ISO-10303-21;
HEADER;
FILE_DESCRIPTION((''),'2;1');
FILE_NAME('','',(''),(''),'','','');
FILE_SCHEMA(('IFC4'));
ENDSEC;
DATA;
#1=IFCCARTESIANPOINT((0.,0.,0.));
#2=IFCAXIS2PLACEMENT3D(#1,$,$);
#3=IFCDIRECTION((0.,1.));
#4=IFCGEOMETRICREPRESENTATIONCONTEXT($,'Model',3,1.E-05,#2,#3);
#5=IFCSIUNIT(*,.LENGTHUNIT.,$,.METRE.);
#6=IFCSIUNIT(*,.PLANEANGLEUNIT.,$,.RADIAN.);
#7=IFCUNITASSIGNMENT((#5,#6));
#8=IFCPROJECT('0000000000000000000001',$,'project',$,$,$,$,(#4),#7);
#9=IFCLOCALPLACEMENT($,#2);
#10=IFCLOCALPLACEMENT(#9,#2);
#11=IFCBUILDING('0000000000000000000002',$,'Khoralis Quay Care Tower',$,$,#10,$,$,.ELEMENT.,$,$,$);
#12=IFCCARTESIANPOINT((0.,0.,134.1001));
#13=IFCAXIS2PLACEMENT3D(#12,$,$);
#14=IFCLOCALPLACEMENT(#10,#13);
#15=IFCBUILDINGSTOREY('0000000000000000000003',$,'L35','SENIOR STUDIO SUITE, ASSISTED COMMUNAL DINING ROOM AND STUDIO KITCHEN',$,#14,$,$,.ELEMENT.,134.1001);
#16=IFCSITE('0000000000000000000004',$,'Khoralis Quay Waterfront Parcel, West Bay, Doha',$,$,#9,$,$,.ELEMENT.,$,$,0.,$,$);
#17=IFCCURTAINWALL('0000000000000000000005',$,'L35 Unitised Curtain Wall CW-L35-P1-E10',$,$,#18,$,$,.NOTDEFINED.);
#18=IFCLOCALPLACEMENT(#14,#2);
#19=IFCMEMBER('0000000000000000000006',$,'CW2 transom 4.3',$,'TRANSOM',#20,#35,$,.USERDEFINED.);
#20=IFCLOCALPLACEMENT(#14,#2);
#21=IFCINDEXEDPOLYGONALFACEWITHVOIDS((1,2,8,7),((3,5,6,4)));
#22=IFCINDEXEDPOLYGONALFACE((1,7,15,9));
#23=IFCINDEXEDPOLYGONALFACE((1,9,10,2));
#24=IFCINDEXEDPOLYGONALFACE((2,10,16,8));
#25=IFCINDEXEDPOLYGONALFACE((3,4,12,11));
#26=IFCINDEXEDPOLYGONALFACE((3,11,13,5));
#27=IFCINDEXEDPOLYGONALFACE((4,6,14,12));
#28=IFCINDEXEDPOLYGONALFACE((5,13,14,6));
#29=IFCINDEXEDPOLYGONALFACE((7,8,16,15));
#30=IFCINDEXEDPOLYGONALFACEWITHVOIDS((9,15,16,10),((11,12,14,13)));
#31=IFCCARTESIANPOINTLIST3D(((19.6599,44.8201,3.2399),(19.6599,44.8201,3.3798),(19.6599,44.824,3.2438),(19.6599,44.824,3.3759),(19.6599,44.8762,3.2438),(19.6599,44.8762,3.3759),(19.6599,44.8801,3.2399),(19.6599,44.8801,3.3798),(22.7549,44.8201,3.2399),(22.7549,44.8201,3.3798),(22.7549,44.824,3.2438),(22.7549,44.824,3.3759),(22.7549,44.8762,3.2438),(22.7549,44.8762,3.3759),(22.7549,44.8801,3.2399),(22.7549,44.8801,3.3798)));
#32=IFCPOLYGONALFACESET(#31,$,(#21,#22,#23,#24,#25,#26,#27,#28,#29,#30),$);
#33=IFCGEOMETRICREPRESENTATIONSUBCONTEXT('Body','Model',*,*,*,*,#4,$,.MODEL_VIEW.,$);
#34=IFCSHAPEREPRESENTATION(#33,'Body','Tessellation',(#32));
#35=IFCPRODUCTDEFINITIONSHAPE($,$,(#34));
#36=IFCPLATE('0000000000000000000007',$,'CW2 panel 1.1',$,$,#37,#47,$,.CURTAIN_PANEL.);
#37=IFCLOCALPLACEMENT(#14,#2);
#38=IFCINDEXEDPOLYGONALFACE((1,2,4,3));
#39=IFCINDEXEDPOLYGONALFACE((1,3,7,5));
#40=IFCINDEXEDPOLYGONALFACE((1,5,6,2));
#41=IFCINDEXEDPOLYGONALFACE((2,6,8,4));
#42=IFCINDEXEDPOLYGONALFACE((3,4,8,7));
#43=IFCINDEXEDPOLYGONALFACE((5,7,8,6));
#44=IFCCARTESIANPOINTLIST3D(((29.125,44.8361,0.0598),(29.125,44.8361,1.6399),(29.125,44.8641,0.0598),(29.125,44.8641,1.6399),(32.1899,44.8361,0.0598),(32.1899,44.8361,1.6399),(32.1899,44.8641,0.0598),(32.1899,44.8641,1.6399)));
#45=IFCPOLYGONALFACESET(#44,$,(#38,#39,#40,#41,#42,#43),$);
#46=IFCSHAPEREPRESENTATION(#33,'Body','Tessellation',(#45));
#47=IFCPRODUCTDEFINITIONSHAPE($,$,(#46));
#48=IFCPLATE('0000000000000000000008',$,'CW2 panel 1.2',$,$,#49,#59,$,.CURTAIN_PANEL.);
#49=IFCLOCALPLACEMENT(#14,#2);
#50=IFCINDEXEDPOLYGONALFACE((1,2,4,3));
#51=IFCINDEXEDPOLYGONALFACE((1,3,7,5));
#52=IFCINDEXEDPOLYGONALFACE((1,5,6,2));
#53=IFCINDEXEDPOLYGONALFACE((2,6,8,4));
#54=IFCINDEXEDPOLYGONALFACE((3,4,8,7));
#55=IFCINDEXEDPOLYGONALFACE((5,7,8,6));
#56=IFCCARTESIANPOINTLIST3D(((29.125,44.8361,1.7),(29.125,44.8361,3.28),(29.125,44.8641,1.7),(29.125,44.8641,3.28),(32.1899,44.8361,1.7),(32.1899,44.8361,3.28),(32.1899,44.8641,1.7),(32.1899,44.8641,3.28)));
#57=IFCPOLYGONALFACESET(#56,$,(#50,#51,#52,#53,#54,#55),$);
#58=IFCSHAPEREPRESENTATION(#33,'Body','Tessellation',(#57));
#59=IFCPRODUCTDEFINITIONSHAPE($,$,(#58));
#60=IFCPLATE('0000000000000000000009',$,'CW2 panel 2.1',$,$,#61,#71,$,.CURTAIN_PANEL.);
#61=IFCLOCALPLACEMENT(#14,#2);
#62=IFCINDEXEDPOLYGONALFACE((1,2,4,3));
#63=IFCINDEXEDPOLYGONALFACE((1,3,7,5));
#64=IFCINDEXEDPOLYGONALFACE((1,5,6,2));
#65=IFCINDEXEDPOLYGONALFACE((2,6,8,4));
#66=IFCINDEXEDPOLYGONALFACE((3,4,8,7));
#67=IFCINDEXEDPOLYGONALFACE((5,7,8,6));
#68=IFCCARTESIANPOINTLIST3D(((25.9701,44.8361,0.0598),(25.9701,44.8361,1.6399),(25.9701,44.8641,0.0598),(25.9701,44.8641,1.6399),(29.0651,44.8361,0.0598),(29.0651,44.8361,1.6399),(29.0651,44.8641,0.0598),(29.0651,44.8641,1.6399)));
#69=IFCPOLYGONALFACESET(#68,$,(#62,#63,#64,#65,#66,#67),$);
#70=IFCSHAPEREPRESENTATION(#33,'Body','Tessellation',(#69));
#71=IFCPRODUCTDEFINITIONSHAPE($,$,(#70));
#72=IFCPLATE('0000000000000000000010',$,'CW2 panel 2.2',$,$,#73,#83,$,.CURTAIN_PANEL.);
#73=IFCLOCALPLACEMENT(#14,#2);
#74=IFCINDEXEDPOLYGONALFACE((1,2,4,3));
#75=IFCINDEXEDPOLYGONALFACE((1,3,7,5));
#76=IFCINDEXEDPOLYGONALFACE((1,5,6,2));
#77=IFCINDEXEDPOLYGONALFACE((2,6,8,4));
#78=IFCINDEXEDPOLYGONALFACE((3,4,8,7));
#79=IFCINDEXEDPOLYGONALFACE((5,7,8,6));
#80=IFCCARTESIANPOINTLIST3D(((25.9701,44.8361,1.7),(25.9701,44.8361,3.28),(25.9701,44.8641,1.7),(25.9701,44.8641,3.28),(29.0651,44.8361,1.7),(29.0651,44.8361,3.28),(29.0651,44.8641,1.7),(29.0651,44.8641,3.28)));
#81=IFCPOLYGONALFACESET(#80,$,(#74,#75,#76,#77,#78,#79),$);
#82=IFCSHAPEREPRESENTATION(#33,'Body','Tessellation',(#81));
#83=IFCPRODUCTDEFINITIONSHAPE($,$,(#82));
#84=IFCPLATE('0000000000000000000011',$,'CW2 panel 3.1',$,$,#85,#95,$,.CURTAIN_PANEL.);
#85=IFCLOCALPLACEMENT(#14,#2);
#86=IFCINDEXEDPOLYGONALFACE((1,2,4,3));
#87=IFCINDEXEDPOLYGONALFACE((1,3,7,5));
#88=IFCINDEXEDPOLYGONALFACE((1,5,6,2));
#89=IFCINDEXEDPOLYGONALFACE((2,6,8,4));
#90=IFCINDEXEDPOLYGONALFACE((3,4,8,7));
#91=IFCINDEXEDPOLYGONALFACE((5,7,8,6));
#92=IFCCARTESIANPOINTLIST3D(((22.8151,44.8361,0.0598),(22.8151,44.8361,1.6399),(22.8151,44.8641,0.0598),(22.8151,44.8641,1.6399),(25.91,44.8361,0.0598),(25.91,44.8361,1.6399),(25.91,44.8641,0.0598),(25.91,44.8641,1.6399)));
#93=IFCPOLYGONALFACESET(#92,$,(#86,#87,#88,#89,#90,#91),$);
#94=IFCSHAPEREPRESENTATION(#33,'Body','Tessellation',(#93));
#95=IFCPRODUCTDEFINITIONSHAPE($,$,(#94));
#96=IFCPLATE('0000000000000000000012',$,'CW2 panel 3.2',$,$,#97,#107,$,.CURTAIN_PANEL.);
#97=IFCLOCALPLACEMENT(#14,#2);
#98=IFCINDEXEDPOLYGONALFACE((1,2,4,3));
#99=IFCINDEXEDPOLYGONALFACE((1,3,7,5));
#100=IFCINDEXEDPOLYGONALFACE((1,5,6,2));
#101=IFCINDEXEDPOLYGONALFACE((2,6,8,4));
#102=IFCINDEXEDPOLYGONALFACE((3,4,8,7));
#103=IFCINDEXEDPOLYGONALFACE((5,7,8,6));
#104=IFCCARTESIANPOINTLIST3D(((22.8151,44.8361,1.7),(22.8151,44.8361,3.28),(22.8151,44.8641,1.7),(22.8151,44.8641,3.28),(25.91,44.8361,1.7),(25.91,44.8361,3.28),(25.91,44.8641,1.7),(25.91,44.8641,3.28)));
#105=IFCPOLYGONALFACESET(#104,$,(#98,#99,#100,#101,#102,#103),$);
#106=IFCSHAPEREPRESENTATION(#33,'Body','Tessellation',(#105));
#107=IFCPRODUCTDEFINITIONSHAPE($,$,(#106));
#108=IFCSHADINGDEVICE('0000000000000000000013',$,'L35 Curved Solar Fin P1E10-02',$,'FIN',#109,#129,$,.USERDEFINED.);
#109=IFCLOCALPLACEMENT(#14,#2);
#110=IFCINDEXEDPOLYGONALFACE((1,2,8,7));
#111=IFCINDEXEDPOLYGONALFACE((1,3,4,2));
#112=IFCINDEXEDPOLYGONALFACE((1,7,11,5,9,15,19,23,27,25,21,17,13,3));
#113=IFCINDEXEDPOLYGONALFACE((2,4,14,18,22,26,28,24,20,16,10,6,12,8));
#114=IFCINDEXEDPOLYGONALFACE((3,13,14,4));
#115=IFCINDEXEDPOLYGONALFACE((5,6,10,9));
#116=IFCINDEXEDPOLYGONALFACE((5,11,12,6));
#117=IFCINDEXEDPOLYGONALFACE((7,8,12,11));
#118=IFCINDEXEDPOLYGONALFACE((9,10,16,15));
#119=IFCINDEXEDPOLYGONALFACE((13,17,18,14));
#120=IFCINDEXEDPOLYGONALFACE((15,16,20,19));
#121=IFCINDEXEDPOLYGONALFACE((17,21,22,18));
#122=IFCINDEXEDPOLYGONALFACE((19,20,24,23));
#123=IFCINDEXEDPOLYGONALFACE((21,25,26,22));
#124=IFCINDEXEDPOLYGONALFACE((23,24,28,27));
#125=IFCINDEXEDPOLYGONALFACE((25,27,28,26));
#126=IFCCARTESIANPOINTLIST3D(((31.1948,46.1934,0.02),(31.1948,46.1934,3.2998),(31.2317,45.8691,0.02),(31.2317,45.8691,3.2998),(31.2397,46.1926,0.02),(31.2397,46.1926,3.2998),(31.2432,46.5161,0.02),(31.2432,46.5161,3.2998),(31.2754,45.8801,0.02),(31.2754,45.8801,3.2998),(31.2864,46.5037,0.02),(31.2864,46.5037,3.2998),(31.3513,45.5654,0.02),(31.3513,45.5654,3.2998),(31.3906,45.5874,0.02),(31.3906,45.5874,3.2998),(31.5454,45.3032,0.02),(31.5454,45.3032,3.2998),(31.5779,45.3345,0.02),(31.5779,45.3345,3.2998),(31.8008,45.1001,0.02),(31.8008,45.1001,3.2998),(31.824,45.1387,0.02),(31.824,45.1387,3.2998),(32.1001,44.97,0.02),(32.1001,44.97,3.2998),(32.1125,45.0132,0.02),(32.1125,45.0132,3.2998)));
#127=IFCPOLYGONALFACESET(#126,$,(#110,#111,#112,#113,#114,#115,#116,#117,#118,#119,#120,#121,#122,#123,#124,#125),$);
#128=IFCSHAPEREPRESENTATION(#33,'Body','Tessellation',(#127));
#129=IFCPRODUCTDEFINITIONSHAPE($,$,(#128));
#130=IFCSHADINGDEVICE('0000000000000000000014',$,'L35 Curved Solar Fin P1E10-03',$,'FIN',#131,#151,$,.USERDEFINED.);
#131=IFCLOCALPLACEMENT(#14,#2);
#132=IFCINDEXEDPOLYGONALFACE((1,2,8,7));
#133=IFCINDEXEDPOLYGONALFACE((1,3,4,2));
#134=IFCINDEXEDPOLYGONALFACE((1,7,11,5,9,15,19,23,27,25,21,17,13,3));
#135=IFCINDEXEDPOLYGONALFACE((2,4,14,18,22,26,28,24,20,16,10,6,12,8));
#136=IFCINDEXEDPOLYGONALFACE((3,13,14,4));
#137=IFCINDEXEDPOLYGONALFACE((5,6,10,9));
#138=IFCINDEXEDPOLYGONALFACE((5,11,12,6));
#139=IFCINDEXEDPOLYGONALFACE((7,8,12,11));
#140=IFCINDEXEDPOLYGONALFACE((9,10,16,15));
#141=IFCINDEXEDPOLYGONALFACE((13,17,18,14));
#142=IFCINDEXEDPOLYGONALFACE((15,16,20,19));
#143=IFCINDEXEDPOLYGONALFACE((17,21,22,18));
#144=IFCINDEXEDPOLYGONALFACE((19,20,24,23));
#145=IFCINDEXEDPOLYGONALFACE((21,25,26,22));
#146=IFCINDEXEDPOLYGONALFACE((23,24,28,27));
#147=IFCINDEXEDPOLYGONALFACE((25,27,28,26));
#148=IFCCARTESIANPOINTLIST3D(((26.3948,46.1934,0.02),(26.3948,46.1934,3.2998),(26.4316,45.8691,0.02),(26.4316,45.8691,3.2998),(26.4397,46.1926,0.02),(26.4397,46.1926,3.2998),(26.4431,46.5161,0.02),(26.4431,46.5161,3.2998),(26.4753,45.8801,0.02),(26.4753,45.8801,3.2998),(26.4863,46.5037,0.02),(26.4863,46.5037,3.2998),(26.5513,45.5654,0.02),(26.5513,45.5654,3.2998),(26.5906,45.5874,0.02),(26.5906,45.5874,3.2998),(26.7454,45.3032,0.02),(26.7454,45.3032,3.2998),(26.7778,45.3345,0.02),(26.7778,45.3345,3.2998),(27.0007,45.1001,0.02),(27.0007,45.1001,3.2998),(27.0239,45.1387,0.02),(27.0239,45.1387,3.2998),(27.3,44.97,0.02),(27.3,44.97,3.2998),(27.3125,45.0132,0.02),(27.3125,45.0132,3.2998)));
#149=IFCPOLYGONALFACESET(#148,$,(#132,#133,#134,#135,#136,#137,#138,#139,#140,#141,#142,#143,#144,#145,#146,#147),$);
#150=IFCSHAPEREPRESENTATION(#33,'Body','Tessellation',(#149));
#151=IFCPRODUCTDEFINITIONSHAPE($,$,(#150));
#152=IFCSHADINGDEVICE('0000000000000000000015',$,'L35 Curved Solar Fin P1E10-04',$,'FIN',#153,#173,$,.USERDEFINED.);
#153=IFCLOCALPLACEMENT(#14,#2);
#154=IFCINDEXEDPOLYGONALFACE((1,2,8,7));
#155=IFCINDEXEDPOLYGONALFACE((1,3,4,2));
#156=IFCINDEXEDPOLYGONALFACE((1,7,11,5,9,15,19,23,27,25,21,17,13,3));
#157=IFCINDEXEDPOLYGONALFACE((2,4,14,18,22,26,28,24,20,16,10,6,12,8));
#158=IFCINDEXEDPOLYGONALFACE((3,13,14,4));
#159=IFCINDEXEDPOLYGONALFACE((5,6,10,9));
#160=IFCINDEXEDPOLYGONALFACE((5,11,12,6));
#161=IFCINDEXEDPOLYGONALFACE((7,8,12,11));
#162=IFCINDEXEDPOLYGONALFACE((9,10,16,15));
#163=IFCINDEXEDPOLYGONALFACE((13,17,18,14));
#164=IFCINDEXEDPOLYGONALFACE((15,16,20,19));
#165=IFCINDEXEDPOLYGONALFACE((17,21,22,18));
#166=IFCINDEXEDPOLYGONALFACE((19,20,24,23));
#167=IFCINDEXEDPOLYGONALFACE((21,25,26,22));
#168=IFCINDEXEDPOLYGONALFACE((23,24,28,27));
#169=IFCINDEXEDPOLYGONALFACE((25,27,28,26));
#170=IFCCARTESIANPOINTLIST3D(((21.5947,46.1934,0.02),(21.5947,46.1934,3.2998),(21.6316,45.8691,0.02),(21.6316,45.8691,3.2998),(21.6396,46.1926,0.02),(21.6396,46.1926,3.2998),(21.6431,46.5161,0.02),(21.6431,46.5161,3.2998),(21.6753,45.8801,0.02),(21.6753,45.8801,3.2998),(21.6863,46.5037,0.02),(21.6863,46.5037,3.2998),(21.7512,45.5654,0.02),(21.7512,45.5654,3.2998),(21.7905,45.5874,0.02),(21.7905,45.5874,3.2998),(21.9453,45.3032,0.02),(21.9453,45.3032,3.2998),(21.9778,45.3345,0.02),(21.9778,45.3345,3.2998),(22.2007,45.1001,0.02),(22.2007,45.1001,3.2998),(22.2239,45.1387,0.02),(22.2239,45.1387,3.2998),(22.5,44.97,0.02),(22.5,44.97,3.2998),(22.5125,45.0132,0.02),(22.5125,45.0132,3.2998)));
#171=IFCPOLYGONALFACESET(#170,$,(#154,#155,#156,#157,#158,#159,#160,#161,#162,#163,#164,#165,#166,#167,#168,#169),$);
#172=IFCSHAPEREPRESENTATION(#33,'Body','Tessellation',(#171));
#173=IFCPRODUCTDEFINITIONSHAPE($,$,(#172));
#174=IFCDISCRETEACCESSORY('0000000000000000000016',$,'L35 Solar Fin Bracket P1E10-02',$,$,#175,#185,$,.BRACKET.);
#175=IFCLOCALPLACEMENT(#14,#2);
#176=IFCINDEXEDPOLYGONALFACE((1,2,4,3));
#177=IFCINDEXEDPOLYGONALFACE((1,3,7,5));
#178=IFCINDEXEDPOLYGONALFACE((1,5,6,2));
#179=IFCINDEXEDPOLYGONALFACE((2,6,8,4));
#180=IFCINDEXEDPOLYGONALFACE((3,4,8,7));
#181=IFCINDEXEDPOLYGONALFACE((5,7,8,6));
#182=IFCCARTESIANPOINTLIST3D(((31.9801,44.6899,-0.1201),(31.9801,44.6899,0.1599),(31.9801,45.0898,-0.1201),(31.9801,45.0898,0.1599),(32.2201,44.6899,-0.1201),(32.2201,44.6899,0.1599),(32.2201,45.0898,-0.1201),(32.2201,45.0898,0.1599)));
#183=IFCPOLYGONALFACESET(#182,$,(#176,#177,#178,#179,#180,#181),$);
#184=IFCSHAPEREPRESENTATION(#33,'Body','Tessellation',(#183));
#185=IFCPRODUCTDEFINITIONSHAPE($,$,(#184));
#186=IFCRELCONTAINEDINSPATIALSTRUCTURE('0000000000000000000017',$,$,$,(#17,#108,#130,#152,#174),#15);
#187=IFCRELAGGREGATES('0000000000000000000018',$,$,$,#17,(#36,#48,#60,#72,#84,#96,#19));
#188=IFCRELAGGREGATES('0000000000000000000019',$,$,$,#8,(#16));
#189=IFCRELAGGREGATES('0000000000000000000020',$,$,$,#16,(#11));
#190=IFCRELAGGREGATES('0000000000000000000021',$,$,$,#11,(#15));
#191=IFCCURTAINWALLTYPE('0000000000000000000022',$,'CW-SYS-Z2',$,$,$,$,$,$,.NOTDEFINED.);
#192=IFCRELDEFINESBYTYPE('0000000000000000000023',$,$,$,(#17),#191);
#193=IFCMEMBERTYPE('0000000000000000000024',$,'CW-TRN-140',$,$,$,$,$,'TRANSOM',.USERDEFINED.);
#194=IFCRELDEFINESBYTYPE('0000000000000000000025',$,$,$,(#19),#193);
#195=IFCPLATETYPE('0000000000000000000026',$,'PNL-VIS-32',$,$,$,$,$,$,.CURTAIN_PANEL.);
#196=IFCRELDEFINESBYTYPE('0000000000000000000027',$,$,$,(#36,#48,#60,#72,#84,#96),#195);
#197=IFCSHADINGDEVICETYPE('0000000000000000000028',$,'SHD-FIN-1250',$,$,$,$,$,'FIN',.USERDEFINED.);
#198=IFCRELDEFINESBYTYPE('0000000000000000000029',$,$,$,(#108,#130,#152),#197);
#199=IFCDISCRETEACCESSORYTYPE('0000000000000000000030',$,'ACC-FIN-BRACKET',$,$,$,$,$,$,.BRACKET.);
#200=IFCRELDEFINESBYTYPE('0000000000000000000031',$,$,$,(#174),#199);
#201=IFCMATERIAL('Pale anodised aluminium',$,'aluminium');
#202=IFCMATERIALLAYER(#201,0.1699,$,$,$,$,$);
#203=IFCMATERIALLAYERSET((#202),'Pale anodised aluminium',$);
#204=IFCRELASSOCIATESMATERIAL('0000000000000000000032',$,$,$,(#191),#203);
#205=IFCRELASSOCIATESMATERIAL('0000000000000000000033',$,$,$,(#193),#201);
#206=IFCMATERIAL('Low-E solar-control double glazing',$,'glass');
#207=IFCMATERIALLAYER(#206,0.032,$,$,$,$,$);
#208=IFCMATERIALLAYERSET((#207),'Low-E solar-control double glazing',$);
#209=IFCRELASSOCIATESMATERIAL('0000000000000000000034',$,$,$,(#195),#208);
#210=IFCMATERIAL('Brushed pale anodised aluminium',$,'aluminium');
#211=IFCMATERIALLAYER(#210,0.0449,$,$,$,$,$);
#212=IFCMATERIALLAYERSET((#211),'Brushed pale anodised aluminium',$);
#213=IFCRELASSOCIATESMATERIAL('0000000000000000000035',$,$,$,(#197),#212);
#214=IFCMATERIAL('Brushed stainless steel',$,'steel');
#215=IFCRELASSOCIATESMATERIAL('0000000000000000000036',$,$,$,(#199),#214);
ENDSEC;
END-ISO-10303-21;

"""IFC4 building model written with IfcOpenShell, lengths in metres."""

from ifc_helpers import new_model, si_unit, direction, frame, origin, origin_2d, place, context, subcontext, project, spatial, polyline, rectangle, hollow_rectangle, outline, extrude, source, transform, mapped, material, layer, layer_set, material_profile, profile_set, type_object, element, aggregate, save


model = new_model("IFC4")

# Units and contexts
model_context = context("Model", 3, precision=1e-05, world=origin(), true_north=direction((0.0, 1.0)))
body_context = subcontext(model_context, "Body", "Model", "MODEL_VIEW")
ifc_project = project(units=[si_unit("LENGTHUNIT", "METRE"), si_unit("PLANEANGLEUNIT", "RADIAN")], contexts=[model_context])

# Site, building, storey
site_placement = place(None, origin())
site = spatial("IfcSite", under=ifc_project, at=site_placement, Name="Khoralis Quay Waterfront Parcel, West Bay, Doha", CompositionType="ELEMENT", RefElevation=0.0)
building_placement = place(site_placement, origin())
building = spatial("IfcBuilding", under=site, at=building_placement, Name="Khoralis Quay Care Tower", CompositionType="ELEMENT")
storey_placement = place(building_placement, frame((0.0, 0.0, 134.1001)))
storey = spatial("IfcBuildingStorey", under=building, at=storey_placement, Name="L35", Description="SENIOR STUDIO SUITE, ASSISTED COMMUNAL DINING ROOM AND STUDIO KITCHEN", CompositionType="ELEMENT", Elevation=134.1001)

# Curtain wall, member, plates
ifc_material_1 = material(Name="Pale anodised aluminium", Category="aluminium")
ifc_layer_1 = layer(ifc_material_1, 0.1699)
ifc_layer_set_1 = layer_set([ifc_layer_1], Name="Pale anodised aluminium")
curtain_wall_type = type_object("IfcCurtainWallType", Name="CW-SYS-Z2", PredefinedType="NOTDEFINED", material=ifc_layer_set_1)
curtain_wall_placement = place(storey_placement, origin())
curtain_wall = element("IfcCurtainWall", 1, at=curtain_wall_placement, inside=storey, type_object=curtain_wall_type, Name="L35 Unitised Curtain Wall CW-L35-P1-E10", PredefinedType="NOTDEFINED")
ifc_material_profile_1 = material_profile(ifc_material_1, hollow_rectangle(XDim=0.0601, YDim=0.1399, WallThickness=0.0039, at=origin_2d()), Name="Pale anodised aluminium")
ifc_profile_set_1 = profile_set([ifc_material_profile_1], Name="Pale anodised aluminium")
member_type_1 = type_object("IfcMemberType", Name="CW-TRN-140", ElementType="TRANSOM", PredefinedType="USERDEFINED", material=ifc_profile_set_1)
shared_shape_1 = source(origin(), body_context, "Body", "SweptSolid", [
    extrude(hollow_rectangle(XDim=0.0601, YDim=0.1399, WallThickness=0.0039, at=origin_2d()), origin(), (0.0, 0.0, 1.0), 3.095),
])
member_1_placement = place(storey_placement, frame((22.7549, 44.8501, 3.3098), z_axis=(-1.0, 0.0, 0.0), x_axis=(0.0, -1.0, 0.0)))
member_1 = element("IfcMember", 2, at=member_1_placement, type_object=member_type_1, Name="CW2 transom 4.3", ObjectType="TRANSOM", PredefinedType="USERDEFINED", context=body_context, shape_type="MappedRepresentation", body=[
    mapped(shared_shape_1, transform((0.0, 0.0, 0.0), scale=1.0)),
])
ifc_material_2 = material(Name="Low-E solar-control double glazing", Category="glass")
ifc_layer_2 = layer(ifc_material_2, 0.032)
ifc_layer_set_2 = layer_set([ifc_layer_2], Name="Low-E solar-control double glazing")
plate_type = type_object("IfcPlateType", Name="PNL-VIS-32", PredefinedType="CURTAIN_PANEL", material=ifc_layer_set_2)
shared_shape_2 = source(origin(), body_context, "Body", "SweptSolid", [
    extrude(rectangle(XDim=3.0649, YDim=0.0281, at=origin_2d()), origin(), (0.0, 0.0, 1.0), 1.5801),
])
plate_1_placement = place(storey_placement, frame((30.6575, 44.8501, 0.0598), z_axis=(0.0, 0.0, 1.0), x_axis=(-1.0, 0.0, 0.0)))
plate_1 = element("IfcPlate", 3, at=plate_1_placement, type_object=plate_type, Name="CW2 panel 1.1", PredefinedType="CURTAIN_PANEL", context=body_context, shape_type="MappedRepresentation", body=[
    mapped(shared_shape_2, transform((0.0, 0.0, 0.0), scale=1.0)),
])
plate_2_placement = place(storey_placement, frame((30.6575, 44.8501, 1.7), z_axis=(0.0, 0.0, 1.0), x_axis=(-1.0, 0.0, 0.0)))
plate_2 = element("IfcPlate", 4, at=plate_2_placement, type_object=plate_type, Name="CW2 panel 1.2", PredefinedType="CURTAIN_PANEL", context=body_context, shape_type="MappedRepresentation", body=[
    mapped(shared_shape_2, transform((0.0, 0.0, 0.0), scale=1.0)),
])
shared_shape_3 = source(origin(), body_context, "Body", "SweptSolid", [
    extrude(rectangle(XDim=3.095, YDim=0.0281, at=origin_2d()), origin(), (0.0, 0.0, 1.0), 1.5801),
])
plate_3_placement = place(storey_placement, frame((27.5176, 44.8501, 0.0598), z_axis=(0.0, 0.0, 1.0), x_axis=(-1.0, 0.0, 0.0)))
plate_3 = element("IfcPlate", 5, at=plate_3_placement, type_object=plate_type, Name="CW2 panel 2.1", PredefinedType="CURTAIN_PANEL", context=body_context, shape_type="MappedRepresentation", body=[
    mapped(shared_shape_3, transform((0.0, 0.0, 0.0), scale=1.0)),
])
plate_4_placement = place(storey_placement, frame((27.5176, 44.8501, 1.7), z_axis=(0.0, 0.0, 1.0), x_axis=(-1.0, 0.0, 0.0)))
plate_4 = element("IfcPlate", 6, at=plate_4_placement, type_object=plate_type, Name="CW2 panel 2.2", PredefinedType="CURTAIN_PANEL", context=body_context, shape_type="MappedRepresentation", body=[
    mapped(shared_shape_3, transform((0.0, 0.0, 0.0), scale=1.0)),
])
plate_5_placement = place(storey_placement, frame((24.3625, 44.8501, 0.0598), z_axis=(0.0, 0.0, 1.0), x_axis=(-1.0, 0.0, 0.0)))
plate_5 = element("IfcPlate", 7, at=plate_5_placement, type_object=plate_type, Name="CW2 panel 3.1", PredefinedType="CURTAIN_PANEL", context=body_context, shape_type="MappedRepresentation", body=[
    mapped(shared_shape_3, transform((0.0, 0.0, 0.0), scale=1.0)),
])
plate_6_placement = place(storey_placement, frame((24.3625, 44.8501, 1.7), z_axis=(0.0, 0.0, 1.0), x_axis=(-1.0, 0.0, 0.0)))
plate_6 = element("IfcPlate", 8, at=plate_6_placement, type_object=plate_type, Name="CW2 panel 3.2", PredefinedType="CURTAIN_PANEL", context=body_context, shape_type="MappedRepresentation", body=[
    mapped(shared_shape_3, transform((0.0, 0.0, 0.0), scale=1.0)),
])
aggregate(curtain_wall, [plate_1, plate_2, plate_3, plate_4, plate_5, plate_6, member_1])

# Shading devices
ifc_material_3 = material(Name="Brushed pale anodised aluminium", Category="aluminium")
ifc_layer_3 = layer(ifc_material_3, 0.0449)
ifc_layer_set_3 = layer_set([ifc_layer_3], Name="Brushed pale anodised aluminium")
shading_device_type = type_object("IfcShadingDeviceType", Name="SHD-FIN-1250", ElementType="FIN", PredefinedType="USERDEFINED", material=ifc_layer_set_3)
shared_shape_4 = source(origin(), body_context, "Body", "SweptSolid", [
    extrude(outline(polyline([(0.0, 0.0), (0.1301, 0.2993), (0.3333, 0.5547), (0.5955, 0.7488), (0.8992, 0.8684), (1.2234, 0.9053), (1.5461, 0.8569), (1.5337, 0.8137), (1.2227, 0.8604), (0.9102, 0.8247), (0.6174, 0.7095), (0.3645, 0.5222), (0.1687, 0.2761), (0.0432, -0.0125), (0.0, 0.0)])), origin(), (0.0, 0.0, 1.0), 3.2798),
])
for number, where, z_axis, x_axis, name in (
    (9, (32.1001, 44.97, 0.02), (0.0, 0.0, 1.0), (0.0, 1.0, 0.0), "L35 Curved Solar Fin P1E10-02"),
    (10, (27.3, 44.97, 0.02), (0.0, 0.0, 1.0), (0.0, 1.0, 0.0), "L35 Curved Solar Fin P1E10-03"),
    (11, (22.5, 44.97, 0.02), (0.0, 0.0, 1.0), (0.0, 1.0, 0.0), "L35 Curved Solar Fin P1E10-04"),
):
    element("IfcShadingDevice", number, at=place(storey_placement, frame(where, z_axis=z_axis, x_axis=x_axis)), inside=storey, type_object=shading_device_type, Name=name, ObjectType="FIN", PredefinedType="USERDEFINED", context=body_context, shape_type="MappedRepresentation", body=[
        mapped(shared_shape_4, transform((0.0, 0.0, 0.0), scale=1.0)),
    ])

# Discrete accessory
ifc_material_4 = material(Name="Brushed stainless steel", Category="steel")
discrete_accessory_type = type_object("IfcDiscreteAccessoryType", Name="ACC-FIN-BRACKET", PredefinedType="BRACKET", material=ifc_material_4)
shared_shape_5 = source(origin(), body_context, "Body", "SweptSolid", [
    extrude(rectangle(XDim=0.3999, YDim=0.24, at=origin_2d()), origin(), (0.0, 0.0, 1.0), 0.28),
])
for number, where, z_axis, x_axis, name in (
    (12, (32.1001, 44.8899, -0.1201), (0.0, 0.0, 1.0), (0.0, 1.0, 0.0), "L35 Solar Fin Bracket P1E10-02"),
):
    element("IfcDiscreteAccessory", number, at=place(storey_placement, frame(where, z_axis=z_axis, x_axis=x_axis)), inside=storey, type_object=discrete_accessory_type, Name=name, PredefinedType="BRACKET", context=body_context, shape_type="MappedRepresentation", body=[
        mapped(shared_shape_5, transform((0.0, 0.0, 0.0), scale=1.0)),
    ])

save(model, "model.ifc")
